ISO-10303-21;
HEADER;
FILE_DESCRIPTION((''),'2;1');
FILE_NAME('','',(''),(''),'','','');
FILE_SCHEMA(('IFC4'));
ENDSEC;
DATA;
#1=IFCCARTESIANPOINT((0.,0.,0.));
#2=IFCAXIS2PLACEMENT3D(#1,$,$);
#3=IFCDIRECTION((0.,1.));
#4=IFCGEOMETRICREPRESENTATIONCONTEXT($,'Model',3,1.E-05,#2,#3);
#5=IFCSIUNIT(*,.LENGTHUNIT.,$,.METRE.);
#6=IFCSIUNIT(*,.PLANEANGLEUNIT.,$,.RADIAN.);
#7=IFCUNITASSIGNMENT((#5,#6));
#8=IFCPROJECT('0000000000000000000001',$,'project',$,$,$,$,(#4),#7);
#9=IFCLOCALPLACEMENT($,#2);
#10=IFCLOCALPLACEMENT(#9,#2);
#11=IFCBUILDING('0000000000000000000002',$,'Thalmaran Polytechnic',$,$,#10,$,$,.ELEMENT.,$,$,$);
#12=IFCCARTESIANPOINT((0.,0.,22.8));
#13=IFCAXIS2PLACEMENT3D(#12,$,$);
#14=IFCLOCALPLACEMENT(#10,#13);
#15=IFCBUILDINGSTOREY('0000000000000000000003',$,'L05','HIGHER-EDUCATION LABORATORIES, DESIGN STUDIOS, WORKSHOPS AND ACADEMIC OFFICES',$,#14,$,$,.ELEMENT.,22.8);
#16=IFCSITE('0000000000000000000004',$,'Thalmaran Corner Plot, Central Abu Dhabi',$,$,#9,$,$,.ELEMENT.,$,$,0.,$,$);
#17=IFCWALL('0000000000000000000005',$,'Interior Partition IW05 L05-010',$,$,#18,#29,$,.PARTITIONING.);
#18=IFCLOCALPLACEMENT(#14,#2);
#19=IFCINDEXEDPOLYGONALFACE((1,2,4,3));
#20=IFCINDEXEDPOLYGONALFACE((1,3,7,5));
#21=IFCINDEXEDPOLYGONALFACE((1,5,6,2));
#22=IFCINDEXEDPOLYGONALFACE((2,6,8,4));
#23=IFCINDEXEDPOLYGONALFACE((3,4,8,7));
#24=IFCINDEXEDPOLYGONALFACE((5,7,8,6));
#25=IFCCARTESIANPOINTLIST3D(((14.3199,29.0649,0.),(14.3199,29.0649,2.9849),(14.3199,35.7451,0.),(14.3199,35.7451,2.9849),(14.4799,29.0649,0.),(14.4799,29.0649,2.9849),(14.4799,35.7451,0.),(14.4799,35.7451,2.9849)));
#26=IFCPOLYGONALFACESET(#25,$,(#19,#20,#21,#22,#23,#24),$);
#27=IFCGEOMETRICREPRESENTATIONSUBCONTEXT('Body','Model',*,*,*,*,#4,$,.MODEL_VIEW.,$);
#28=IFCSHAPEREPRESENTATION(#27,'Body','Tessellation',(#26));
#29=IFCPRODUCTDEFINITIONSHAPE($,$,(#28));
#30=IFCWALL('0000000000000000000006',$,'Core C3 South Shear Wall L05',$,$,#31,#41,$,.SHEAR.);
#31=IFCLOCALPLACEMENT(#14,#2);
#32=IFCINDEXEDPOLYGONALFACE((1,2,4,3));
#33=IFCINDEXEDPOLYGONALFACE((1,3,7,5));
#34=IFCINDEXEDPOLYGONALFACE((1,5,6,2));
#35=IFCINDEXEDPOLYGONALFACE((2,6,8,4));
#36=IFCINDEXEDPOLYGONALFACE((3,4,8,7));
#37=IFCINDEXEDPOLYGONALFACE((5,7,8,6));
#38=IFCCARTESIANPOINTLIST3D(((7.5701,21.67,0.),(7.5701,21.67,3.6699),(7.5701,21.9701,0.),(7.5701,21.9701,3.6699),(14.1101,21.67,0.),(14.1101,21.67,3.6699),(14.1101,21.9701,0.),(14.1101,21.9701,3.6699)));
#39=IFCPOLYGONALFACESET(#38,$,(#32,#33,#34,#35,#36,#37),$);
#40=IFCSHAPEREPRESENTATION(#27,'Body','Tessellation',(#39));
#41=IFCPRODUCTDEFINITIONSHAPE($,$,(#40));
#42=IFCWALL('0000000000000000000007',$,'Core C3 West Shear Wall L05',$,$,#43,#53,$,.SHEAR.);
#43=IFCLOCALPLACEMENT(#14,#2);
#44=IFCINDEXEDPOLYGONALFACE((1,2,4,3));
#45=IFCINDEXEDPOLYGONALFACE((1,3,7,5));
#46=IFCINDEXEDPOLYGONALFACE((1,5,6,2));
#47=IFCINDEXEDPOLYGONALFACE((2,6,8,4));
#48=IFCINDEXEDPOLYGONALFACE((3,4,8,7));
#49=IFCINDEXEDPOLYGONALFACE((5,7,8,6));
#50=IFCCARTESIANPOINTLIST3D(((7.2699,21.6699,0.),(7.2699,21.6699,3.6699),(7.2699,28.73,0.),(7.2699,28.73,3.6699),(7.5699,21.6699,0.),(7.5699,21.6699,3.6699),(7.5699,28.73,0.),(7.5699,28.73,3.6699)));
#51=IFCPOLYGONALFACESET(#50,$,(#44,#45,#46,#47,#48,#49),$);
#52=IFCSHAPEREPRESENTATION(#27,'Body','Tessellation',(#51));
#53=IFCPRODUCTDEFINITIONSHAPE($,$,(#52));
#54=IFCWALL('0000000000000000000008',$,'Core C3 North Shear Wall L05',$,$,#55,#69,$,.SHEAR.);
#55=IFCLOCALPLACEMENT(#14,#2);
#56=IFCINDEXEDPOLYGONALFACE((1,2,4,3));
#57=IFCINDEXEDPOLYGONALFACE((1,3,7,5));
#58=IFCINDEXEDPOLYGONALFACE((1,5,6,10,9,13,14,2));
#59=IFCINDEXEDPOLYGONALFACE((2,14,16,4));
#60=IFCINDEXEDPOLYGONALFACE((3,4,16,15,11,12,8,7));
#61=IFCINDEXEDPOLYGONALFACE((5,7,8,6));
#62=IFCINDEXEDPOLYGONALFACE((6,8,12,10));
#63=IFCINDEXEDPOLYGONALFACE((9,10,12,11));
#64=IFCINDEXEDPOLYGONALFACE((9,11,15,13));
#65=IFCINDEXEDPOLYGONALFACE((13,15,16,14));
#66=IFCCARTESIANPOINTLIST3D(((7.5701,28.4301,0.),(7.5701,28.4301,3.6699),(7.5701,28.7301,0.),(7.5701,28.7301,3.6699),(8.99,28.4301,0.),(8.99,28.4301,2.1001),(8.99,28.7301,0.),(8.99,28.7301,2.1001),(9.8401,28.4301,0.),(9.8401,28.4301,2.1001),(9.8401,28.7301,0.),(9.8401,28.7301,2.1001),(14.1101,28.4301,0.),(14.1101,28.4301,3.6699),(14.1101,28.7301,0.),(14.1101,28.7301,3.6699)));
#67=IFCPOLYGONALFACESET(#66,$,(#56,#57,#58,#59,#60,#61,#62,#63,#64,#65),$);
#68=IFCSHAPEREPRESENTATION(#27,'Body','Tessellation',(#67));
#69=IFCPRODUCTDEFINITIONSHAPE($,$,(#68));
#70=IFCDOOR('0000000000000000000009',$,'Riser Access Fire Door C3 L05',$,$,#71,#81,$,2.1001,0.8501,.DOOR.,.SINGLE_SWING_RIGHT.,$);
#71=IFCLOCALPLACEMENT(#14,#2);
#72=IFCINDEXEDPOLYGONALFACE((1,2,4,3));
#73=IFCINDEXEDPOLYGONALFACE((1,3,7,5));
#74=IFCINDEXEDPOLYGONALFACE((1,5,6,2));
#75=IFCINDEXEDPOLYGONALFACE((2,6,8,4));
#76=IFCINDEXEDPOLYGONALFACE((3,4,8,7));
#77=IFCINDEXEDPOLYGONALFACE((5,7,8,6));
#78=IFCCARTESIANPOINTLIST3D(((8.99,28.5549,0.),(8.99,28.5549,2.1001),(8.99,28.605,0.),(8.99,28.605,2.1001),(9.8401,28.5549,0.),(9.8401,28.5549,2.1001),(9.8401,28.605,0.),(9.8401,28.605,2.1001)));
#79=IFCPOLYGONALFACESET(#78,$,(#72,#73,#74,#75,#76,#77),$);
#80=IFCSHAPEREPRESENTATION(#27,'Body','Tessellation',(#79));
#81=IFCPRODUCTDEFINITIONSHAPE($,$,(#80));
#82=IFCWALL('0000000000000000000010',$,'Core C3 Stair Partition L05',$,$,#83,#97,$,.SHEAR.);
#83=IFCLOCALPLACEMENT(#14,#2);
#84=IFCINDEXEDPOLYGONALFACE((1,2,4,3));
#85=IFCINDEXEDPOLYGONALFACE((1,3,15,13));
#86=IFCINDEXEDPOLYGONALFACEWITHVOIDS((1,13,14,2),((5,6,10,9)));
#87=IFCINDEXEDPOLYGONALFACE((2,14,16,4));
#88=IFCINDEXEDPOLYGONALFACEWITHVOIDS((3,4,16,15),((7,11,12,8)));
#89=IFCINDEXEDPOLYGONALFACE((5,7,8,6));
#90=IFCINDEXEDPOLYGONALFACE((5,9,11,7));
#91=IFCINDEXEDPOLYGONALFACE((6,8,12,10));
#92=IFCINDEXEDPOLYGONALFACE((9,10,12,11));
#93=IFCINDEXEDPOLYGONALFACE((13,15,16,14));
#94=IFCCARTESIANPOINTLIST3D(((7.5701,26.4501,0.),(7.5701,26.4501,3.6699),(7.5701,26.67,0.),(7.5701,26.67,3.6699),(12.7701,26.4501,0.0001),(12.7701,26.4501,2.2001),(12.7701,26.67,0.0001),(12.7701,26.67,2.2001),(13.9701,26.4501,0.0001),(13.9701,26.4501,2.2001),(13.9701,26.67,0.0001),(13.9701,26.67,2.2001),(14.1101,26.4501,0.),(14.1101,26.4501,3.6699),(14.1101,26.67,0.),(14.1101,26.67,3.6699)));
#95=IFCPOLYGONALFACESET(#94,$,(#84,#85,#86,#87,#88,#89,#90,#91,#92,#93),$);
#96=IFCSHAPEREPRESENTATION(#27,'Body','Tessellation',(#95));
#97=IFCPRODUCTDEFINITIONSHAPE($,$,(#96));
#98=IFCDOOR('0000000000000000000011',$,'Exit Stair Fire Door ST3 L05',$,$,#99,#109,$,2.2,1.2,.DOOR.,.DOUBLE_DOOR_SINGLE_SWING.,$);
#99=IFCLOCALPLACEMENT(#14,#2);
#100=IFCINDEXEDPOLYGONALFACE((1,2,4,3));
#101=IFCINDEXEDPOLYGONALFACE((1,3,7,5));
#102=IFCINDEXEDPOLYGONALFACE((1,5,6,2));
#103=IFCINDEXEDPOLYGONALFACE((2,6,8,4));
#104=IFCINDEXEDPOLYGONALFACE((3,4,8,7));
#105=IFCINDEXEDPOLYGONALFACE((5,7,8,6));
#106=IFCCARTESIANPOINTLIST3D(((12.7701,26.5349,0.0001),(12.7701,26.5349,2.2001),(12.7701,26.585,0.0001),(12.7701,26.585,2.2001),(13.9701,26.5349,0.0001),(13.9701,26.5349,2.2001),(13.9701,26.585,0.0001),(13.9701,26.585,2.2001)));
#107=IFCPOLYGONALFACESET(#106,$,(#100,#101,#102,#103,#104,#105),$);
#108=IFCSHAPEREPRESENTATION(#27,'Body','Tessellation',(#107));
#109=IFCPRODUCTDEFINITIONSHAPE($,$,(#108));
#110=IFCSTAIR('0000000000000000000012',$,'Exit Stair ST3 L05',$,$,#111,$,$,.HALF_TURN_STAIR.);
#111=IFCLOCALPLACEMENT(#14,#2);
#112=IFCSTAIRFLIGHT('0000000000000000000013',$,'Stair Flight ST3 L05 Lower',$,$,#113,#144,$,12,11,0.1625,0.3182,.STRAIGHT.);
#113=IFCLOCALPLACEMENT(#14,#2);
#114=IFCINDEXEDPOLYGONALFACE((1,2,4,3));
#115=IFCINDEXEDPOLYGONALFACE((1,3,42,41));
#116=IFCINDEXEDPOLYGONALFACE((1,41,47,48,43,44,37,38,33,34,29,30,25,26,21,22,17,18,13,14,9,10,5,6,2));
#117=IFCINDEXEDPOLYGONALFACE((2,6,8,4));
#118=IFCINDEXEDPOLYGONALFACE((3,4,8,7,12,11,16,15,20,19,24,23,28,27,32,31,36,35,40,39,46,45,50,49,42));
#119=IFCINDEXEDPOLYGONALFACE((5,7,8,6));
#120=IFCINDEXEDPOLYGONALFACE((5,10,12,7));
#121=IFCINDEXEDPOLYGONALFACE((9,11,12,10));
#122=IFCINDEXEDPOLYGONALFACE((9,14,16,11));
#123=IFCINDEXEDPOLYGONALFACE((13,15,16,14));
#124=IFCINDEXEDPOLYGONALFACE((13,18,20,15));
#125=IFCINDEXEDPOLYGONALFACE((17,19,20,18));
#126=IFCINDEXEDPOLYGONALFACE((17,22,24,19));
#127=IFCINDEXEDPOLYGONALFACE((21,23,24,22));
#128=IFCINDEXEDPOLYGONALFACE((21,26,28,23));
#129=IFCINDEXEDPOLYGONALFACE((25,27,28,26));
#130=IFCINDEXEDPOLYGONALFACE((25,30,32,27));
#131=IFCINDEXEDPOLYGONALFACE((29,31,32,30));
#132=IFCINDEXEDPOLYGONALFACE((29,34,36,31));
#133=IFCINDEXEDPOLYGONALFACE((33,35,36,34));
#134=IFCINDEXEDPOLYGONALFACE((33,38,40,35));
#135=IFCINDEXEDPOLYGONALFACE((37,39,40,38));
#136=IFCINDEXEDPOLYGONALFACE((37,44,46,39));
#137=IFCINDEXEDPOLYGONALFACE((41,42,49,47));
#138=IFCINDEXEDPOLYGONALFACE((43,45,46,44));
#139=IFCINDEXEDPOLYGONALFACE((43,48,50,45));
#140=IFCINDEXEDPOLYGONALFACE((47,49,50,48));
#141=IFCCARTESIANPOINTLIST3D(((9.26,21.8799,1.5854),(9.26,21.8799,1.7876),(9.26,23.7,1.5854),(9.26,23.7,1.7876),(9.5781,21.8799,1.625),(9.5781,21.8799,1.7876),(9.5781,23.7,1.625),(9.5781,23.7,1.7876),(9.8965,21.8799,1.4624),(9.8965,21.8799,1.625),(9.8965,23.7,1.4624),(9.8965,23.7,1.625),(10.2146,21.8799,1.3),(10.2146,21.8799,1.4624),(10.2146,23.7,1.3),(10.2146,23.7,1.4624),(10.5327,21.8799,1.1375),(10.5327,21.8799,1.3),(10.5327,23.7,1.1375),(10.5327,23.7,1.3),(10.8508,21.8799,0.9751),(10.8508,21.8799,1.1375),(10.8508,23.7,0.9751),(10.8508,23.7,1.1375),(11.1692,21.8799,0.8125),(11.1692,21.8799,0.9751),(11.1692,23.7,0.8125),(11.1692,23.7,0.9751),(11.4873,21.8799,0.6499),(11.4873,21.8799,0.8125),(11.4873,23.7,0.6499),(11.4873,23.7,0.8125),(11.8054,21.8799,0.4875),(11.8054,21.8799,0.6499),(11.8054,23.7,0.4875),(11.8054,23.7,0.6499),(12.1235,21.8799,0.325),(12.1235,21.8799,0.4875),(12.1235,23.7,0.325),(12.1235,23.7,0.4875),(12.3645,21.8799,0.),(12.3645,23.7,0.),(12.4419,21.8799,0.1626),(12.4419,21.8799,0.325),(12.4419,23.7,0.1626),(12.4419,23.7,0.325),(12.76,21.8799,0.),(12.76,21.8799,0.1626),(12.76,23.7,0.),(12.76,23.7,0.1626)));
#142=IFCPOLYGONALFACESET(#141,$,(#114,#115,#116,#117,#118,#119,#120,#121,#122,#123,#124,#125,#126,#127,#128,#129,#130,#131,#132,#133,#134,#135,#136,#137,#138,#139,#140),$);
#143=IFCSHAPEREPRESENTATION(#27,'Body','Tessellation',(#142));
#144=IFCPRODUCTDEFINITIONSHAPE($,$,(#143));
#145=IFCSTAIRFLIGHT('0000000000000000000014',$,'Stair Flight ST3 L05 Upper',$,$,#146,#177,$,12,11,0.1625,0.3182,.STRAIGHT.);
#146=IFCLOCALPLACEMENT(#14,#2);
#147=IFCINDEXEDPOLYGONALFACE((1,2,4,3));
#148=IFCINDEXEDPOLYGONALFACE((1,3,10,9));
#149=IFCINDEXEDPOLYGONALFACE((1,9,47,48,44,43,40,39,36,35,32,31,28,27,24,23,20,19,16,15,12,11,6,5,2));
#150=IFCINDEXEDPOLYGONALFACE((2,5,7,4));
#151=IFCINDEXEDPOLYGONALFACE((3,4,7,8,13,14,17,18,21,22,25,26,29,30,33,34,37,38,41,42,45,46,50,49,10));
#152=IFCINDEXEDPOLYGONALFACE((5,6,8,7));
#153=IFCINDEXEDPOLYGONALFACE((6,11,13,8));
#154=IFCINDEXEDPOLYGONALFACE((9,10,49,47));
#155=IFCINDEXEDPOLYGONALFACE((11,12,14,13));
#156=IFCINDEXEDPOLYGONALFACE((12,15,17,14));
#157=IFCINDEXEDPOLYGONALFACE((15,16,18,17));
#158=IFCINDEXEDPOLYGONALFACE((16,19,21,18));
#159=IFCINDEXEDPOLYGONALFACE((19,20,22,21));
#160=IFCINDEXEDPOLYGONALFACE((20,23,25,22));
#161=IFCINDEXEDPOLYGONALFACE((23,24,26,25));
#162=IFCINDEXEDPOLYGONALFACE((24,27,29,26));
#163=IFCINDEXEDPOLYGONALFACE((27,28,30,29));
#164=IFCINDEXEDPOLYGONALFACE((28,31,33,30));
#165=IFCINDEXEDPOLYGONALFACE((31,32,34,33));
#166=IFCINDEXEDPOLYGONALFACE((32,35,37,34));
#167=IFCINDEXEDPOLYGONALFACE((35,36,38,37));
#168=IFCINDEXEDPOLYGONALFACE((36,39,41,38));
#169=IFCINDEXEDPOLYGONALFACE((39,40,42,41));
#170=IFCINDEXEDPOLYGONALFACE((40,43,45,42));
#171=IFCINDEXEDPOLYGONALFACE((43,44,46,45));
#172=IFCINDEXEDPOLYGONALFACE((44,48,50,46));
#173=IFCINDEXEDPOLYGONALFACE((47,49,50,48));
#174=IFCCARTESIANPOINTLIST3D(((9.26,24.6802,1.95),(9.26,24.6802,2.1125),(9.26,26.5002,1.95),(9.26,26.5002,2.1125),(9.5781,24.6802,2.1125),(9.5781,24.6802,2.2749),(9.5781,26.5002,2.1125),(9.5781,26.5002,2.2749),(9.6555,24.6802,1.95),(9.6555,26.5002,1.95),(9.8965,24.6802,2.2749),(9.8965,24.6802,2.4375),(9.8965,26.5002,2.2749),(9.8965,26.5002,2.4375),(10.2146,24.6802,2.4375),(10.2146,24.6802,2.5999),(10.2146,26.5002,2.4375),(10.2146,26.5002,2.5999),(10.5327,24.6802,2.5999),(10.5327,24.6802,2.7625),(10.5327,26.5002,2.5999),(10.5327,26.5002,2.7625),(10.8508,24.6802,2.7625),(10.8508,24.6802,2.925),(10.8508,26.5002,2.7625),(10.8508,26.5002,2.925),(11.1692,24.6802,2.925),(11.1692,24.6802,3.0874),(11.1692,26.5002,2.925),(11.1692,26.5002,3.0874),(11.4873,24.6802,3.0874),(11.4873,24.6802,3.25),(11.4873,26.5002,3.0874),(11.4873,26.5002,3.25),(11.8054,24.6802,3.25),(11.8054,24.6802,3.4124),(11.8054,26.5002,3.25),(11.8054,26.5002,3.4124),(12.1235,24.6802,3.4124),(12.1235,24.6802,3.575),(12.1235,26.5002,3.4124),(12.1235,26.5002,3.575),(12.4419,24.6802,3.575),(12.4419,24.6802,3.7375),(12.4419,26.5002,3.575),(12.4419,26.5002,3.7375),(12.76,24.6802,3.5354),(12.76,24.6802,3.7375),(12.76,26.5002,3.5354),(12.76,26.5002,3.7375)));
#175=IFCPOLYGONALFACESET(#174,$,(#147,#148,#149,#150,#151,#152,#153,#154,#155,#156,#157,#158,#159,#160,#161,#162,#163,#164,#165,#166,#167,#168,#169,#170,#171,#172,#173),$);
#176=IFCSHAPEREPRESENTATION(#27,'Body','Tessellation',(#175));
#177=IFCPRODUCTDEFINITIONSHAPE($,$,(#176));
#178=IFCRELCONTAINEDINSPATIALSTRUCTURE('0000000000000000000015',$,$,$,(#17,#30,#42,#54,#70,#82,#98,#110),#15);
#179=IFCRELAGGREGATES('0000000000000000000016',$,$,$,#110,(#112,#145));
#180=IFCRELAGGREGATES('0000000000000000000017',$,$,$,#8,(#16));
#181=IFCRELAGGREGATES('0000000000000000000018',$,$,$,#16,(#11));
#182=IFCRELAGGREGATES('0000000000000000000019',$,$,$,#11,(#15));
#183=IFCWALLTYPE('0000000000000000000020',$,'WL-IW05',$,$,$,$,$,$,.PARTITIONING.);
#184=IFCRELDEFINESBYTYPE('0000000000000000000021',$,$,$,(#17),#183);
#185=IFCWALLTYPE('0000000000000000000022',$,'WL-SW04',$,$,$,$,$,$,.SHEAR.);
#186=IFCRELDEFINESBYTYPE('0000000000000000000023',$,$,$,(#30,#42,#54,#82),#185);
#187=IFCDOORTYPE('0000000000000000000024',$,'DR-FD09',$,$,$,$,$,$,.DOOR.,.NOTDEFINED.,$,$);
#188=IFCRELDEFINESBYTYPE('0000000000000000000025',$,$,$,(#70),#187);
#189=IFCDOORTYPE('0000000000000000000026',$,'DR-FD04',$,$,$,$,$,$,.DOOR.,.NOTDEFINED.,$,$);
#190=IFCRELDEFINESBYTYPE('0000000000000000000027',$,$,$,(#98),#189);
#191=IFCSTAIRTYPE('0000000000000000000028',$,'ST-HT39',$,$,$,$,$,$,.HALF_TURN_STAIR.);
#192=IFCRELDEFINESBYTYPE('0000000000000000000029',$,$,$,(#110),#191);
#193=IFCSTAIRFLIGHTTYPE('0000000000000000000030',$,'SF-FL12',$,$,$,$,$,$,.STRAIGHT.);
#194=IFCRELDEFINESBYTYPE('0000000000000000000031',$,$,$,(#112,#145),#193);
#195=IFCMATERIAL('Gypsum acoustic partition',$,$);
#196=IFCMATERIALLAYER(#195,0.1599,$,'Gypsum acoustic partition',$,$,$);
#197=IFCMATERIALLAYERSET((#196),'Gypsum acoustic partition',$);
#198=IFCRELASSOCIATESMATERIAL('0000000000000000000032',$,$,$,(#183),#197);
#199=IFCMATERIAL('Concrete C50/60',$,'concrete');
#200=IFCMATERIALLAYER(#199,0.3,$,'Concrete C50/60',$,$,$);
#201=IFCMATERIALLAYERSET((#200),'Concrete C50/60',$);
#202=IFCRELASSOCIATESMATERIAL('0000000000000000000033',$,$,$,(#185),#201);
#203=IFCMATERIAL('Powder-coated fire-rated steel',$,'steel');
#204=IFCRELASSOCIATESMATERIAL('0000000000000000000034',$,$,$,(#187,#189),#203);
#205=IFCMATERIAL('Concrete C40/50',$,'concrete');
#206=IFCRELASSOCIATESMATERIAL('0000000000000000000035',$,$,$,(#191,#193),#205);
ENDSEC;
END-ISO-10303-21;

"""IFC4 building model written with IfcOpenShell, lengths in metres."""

from ifc_helpers import new_model, si_unit, direction, frame, frame_2d, origin, place, context, subcontext, project, spatial, polyline, rectangle, outline, extrude, material, layer, layer_set, type_object, element, fill, aggregate, save


model = new_model("IFC4")

# Units and contexts
model_context = context("Model", 3, precision=1e-05, world=origin(), true_north=direction((0.0, 1.0)))
body_context = subcontext(model_context, "Body", "Model", "MODEL_VIEW")
ifc_project = project(units=[si_unit("LENGTHUNIT", "METRE"), si_unit("PLANEANGLEUNIT", "RADIAN")], contexts=[model_context])

# Site, building, storey
site_placement = place(None, origin())
site = spatial("IfcSite", under=ifc_project, at=site_placement, Name="Thalmaran Corner Plot, Central Abu Dhabi", CompositionType="ELEMENT", RefElevation=0.0)
building_placement = place(site_placement, origin())
building = spatial("IfcBuilding", under=site, at=building_placement, Name="Thalmaran Polytechnic", CompositionType="ELEMENT")
storey_placement = place(building_placement, frame((0.0, 0.0, 22.8)))
storey = spatial("IfcBuildingStorey", under=building, at=storey_placement, Name="L05", Description="HIGHER-EDUCATION LABORATORIES, DESIGN STUDIOS, WORKSHOPS AND ACADEMIC OFFICES", CompositionType="ELEMENT", Elevation=22.8)

# Shared definitions
ifc_material_1 = material(Name="Concrete C40/50", Category="concrete")

# Walls
ifc_material_2 = material(Name="Gypsum acoustic partition")
ifc_layer_1 = layer(ifc_material_2, 0.1599, Name="Gypsum acoustic partition")
ifc_layer_set_1 = layer_set([ifc_layer_1], Name="Gypsum acoustic partition")
wall_type_1 = type_object("IfcWallType", Name="WL-IW05", PredefinedType="PARTITIONING", material=ifc_layer_set_1)
wall_1_placement = place(storey_placement, frame((14.3999, 29.0649, 0.0), z_axis=(0.0, 0.0, 1.0), x_axis=(0.0, 1.0, 0.0)))
element("IfcWall", 1, at=wall_1_placement, inside=storey, type_object=wall_type_1, Name="Interior Partition IW05 L05-010", PredefinedType="PARTITIONING", context=body_context, shape_type="SweptSolid", body=[
    extrude(rectangle(XDim=6.6802, YDim=0.1599, at=frame_2d((3.3401, 0.0))), origin(), (0.0, 0.0, 1.0), 2.9849),
])
ifc_material_3 = material(Name="Concrete C50/60", Category="concrete")
ifc_layer_2 = layer(ifc_material_3, 0.3, Name="Concrete C50/60")
ifc_layer_set_2 = layer_set([ifc_layer_2], Name="Concrete C50/60")
wall_type_2 = type_object("IfcWallType", Name="WL-SW04", PredefinedType="SHEAR", material=ifc_layer_set_2)
wall_2_placement = place(storey_placement, frame((7.5701, 21.8201, 0.0), z_axis=(0.0, 0.0, 1.0), x_axis=(1.0, 0.0, 0.0)))
element("IfcWall", 2, at=wall_2_placement, inside=storey, type_object=wall_type_2, Name="Core C3 South Shear Wall L05", PredefinedType="SHEAR", context=body_context, shape_type="SweptSolid", body=[
    extrude(rectangle(XDim=6.54, YDim=0.3, at=frame_2d((3.27, 0.0))), origin(), (0.0, 0.0, 1.0), 3.6699),
])
wall_3_placement = place(storey_placement, frame((7.4199, 28.73, 0.0), z_axis=(0.0, 0.0, 1.0), x_axis=(0.0, -1.0, 0.0)))
element("IfcWall", 3, at=wall_3_placement, inside=storey, type_object=wall_type_2, Name="Core C3 West Shear Wall L05", PredefinedType="SHEAR", context=body_context, shape_type="SweptSolid", body=[
    extrude(rectangle(XDim=7.0601, YDim=0.3, at=frame_2d((3.53, 0.0))), origin(), (0.0, 0.0, 1.0), 3.6699),
])

# Walls, openings, doors
wall_4_placement = place(storey_placement, frame((7.5701, 28.5801, 0.0), z_axis=(0.0, 0.0, 1.0), x_axis=(1.0, 0.0, 0.0)))
wall_4 = element("IfcWall", 4, at=wall_4_placement, inside=storey, type_object=wall_type_2, Name="Core C3 North Shear Wall L05", PredefinedType="SHEAR", context=body_context, shape_type="SweptSolid", body=[
    extrude(rectangle(XDim=6.54, YDim=0.3, at=frame_2d((3.27, 0.0))), origin(), (0.0, 0.0, 1.0), 3.6699),
])
opening_1_placement = place(wall_4_placement, frame((1.4199, 0.0, 0.0)))
opening_1 = element("IfcOpeningElement", 5, at=opening_1_placement, cuts=wall_4, PredefinedType="OPENING", context=body_context, shape_type="SweptSolid", body=[
    extrude(rectangle(XDim=0.8501, YDim=2.1001, at=frame_2d((0.425, 1.05))), frame((0.0, 0.1599, 0.0), z_axis=(0.0, -1.0, 0.0), x_axis=(1.0, 0.0, 0.0)), (0.0, 0.0, 1.0), 0.3201),
])
ifc_material_4 = material(Name="Powder-coated fire-rated steel", Category="steel")
door_type_1 = type_object("IfcDoorType", Name="DR-FD09", OperationType="NOTDEFINED", PredefinedType="DOOR", material=ifc_material_4)
door_1_placement = place(opening_1_placement, origin())
door_1 = element("IfcDoor", 6, at=door_1_placement, inside=storey, type_object=door_type_1, Name="Riser Access Fire Door C3 L05", OperationType="SINGLE_SWING_RIGHT", OverallHeight=2.1001, OverallWidth=0.8501, PredefinedType="DOOR", context=body_context, shape_type="SweptSolid", body=[
    extrude(rectangle(XDim=0.8501, YDim=2.1001, at=frame_2d((0.425, 1.05))), frame((0.0, 0.0249, 0.0), z_axis=(0.0, -1.0, 0.0), x_axis=(1.0, 0.0, 0.0)), (0.0, 0.0, 1.0), 0.05),
])
fill(opening_1, door_1)
wall_5_placement = place(storey_placement, frame((7.5701, 26.5601, 0.0), z_axis=(0.0, 0.0, 1.0), x_axis=(1.0, 0.0, 0.0)))
wall_5 = element("IfcWall", 7, at=wall_5_placement, inside=storey, type_object=wall_type_2, Name="Core C3 Stair Partition L05", PredefinedType="SHEAR", context=body_context, shape_type="SweptSolid", body=[
    extrude(rectangle(XDim=6.54, YDim=0.22, at=frame_2d((3.27, 0.0))), origin(), (0.0, 0.0, 1.0), 3.6699),
])
opening_2_placement = place(wall_5_placement, frame((5.2, 0.0, 0.0)))
opening_2 = element("IfcOpeningElement", 8, at=opening_2_placement, cuts=wall_5, PredefinedType="OPENING", context=body_context, shape_type="SweptSolid", body=[
    extrude(rectangle(XDim=1.2, YDim=2.2, at=frame_2d((0.6001, 1.1001))), frame((0.0, 0.1199, 0.0), z_axis=(0.0, -1.0, 0.0), x_axis=(1.0, 0.0, 0.0)), (0.0, 0.0, 1.0), 0.24),
])
door_type_2 = type_object("IfcDoorType", Name="DR-FD04", OperationType="NOTDEFINED", PredefinedType="DOOR", material=ifc_material_4)
door_2_placement = place(opening_2_placement, origin())
door_2 = element("IfcDoor", 9, at=door_2_placement, inside=storey, type_object=door_type_2, Name="Exit Stair Fire Door ST3 L05", OperationType="DOUBLE_DOOR_SINGLE_SWING", OverallHeight=2.2, OverallWidth=1.2, PredefinedType="DOOR", context=body_context, shape_type="SweptSolid", body=[
    extrude(rectangle(XDim=1.2, YDim=2.2, at=frame_2d((0.6001, 1.1001))), frame((0.0, 0.0249, 0.0), z_axis=(0.0, -1.0, 0.0), x_axis=(1.0, 0.0, 0.0)), (0.0, 0.0, 1.0), 0.05),
])
fill(opening_2, door_2)

# Stair, stair flights
stair_type = type_object("IfcStairType", Name="ST-HT39", PredefinedType="HALF_TURN_STAIR", material=ifc_material_1)
stair_placement = place(storey_placement, origin())
stair = element("IfcStair", 10, at=stair_placement, inside=storey, type_object=stair_type, Name="Exit Stair ST3 L05", PredefinedType="HALF_TURN_STAIR")
stair_flight_type = type_object("IfcStairFlightType", Name="SF-FL12", PredefinedType="STRAIGHT", material=ifc_material_1)
stair_flight_1_placement = place(storey_placement, frame((12.76, 22.79, 0.0), z_axis=(0.0, 0.0, 1.0), x_axis=(-1.0, 0.0, 0.0)))
stair_flight_1 = element("IfcStairFlight", 11, at=stair_flight_1_placement, type_object=stair_flight_type, Name="Stair Flight ST3 L05 Lower", NumberOfRisers=12, NumberOfTreads=11, PredefinedType="STRAIGHT", RiserHeight=0.1625, TreadLength=0.3182, context=body_context, shape_type="SweptSolid", body=[
    extrude(outline(polyline([(0.0, 0.0), (0.0, 0.1626), (0.3181, 0.1626), (0.3181, 0.325), (0.6365, 0.325), (0.6365, 0.4875), (0.9546, 0.4875), (0.9546, 0.6499), (1.2727, 0.6499), (1.2727, 0.8125), (1.5908, 0.8125), (1.5908, 0.9751), (1.9092, 0.9751), (1.9092, 1.1375), (2.2273, 1.1375), (2.2273, 1.3), (2.5454, 1.3), (2.5454, 1.4624), (2.8635, 1.4624), (2.8635, 1.625), (3.1819, 1.625), (3.1819, 1.7876), (3.5, 1.7876), (3.5, 1.95), (3.5, 1.5854), (0.3955, 0.0), (0.0, 0.0)])), frame((0.0, 0.9102, 0.0), z_axis=(0.0, -1.0, 0.0), x_axis=(1.0, 0.0, 0.0)), (0.0, 0.0, 1.0), 1.8201),
])
stair_flight_2_placement = place(storey_placement, frame((9.26, 25.5901, 1.95), z_axis=(0.0, 0.0, 1.0), x_axis=(1.0, 0.0, 0.0)))
stair_flight_2 = element("IfcStairFlight", 12, at=stair_flight_2_placement, type_object=stair_flight_type, Name="Stair Flight ST3 L05 Upper", NumberOfRisers=12, NumberOfTreads=11, PredefinedType="STRAIGHT", RiserHeight=0.1625, TreadLength=0.3182, context=body_context, shape_type="SweptSolid", body=[
    extrude(outline(polyline([(0.0, 0.0), (0.0, 0.1626), (0.3181, 0.1626), (0.3181, 0.325), (0.6365, 0.325), (0.6365, 0.4875), (0.9546, 0.4875), (0.9546, 0.6499), (1.2727, 0.6499), (1.2727, 0.8125), (1.5908, 0.8125), (1.5908, 0.9751), (1.9092, 0.9751), (1.9092, 1.1375), (2.2273, 1.1375), (2.2273, 1.3), (2.5454, 1.3), (2.5454, 1.4624), (2.8635, 1.4624), (2.8635, 1.625), (3.1819, 1.625), (3.1819, 1.7876), (3.5, 1.7876), (3.5, 1.95), (3.5, 1.5854), (0.3955, 0.0), (0.0, 0.0)])), frame((0.0, 0.9102, 0.0), z_axis=(0.0, -1.0, 0.0), x_axis=(1.0, 0.0, 0.0)), (0.0, 0.0, 1.0), 1.8201),
])
aggregate(stair, [stair_flight_1, stair_flight_2])

save(model, "model.ifc")
